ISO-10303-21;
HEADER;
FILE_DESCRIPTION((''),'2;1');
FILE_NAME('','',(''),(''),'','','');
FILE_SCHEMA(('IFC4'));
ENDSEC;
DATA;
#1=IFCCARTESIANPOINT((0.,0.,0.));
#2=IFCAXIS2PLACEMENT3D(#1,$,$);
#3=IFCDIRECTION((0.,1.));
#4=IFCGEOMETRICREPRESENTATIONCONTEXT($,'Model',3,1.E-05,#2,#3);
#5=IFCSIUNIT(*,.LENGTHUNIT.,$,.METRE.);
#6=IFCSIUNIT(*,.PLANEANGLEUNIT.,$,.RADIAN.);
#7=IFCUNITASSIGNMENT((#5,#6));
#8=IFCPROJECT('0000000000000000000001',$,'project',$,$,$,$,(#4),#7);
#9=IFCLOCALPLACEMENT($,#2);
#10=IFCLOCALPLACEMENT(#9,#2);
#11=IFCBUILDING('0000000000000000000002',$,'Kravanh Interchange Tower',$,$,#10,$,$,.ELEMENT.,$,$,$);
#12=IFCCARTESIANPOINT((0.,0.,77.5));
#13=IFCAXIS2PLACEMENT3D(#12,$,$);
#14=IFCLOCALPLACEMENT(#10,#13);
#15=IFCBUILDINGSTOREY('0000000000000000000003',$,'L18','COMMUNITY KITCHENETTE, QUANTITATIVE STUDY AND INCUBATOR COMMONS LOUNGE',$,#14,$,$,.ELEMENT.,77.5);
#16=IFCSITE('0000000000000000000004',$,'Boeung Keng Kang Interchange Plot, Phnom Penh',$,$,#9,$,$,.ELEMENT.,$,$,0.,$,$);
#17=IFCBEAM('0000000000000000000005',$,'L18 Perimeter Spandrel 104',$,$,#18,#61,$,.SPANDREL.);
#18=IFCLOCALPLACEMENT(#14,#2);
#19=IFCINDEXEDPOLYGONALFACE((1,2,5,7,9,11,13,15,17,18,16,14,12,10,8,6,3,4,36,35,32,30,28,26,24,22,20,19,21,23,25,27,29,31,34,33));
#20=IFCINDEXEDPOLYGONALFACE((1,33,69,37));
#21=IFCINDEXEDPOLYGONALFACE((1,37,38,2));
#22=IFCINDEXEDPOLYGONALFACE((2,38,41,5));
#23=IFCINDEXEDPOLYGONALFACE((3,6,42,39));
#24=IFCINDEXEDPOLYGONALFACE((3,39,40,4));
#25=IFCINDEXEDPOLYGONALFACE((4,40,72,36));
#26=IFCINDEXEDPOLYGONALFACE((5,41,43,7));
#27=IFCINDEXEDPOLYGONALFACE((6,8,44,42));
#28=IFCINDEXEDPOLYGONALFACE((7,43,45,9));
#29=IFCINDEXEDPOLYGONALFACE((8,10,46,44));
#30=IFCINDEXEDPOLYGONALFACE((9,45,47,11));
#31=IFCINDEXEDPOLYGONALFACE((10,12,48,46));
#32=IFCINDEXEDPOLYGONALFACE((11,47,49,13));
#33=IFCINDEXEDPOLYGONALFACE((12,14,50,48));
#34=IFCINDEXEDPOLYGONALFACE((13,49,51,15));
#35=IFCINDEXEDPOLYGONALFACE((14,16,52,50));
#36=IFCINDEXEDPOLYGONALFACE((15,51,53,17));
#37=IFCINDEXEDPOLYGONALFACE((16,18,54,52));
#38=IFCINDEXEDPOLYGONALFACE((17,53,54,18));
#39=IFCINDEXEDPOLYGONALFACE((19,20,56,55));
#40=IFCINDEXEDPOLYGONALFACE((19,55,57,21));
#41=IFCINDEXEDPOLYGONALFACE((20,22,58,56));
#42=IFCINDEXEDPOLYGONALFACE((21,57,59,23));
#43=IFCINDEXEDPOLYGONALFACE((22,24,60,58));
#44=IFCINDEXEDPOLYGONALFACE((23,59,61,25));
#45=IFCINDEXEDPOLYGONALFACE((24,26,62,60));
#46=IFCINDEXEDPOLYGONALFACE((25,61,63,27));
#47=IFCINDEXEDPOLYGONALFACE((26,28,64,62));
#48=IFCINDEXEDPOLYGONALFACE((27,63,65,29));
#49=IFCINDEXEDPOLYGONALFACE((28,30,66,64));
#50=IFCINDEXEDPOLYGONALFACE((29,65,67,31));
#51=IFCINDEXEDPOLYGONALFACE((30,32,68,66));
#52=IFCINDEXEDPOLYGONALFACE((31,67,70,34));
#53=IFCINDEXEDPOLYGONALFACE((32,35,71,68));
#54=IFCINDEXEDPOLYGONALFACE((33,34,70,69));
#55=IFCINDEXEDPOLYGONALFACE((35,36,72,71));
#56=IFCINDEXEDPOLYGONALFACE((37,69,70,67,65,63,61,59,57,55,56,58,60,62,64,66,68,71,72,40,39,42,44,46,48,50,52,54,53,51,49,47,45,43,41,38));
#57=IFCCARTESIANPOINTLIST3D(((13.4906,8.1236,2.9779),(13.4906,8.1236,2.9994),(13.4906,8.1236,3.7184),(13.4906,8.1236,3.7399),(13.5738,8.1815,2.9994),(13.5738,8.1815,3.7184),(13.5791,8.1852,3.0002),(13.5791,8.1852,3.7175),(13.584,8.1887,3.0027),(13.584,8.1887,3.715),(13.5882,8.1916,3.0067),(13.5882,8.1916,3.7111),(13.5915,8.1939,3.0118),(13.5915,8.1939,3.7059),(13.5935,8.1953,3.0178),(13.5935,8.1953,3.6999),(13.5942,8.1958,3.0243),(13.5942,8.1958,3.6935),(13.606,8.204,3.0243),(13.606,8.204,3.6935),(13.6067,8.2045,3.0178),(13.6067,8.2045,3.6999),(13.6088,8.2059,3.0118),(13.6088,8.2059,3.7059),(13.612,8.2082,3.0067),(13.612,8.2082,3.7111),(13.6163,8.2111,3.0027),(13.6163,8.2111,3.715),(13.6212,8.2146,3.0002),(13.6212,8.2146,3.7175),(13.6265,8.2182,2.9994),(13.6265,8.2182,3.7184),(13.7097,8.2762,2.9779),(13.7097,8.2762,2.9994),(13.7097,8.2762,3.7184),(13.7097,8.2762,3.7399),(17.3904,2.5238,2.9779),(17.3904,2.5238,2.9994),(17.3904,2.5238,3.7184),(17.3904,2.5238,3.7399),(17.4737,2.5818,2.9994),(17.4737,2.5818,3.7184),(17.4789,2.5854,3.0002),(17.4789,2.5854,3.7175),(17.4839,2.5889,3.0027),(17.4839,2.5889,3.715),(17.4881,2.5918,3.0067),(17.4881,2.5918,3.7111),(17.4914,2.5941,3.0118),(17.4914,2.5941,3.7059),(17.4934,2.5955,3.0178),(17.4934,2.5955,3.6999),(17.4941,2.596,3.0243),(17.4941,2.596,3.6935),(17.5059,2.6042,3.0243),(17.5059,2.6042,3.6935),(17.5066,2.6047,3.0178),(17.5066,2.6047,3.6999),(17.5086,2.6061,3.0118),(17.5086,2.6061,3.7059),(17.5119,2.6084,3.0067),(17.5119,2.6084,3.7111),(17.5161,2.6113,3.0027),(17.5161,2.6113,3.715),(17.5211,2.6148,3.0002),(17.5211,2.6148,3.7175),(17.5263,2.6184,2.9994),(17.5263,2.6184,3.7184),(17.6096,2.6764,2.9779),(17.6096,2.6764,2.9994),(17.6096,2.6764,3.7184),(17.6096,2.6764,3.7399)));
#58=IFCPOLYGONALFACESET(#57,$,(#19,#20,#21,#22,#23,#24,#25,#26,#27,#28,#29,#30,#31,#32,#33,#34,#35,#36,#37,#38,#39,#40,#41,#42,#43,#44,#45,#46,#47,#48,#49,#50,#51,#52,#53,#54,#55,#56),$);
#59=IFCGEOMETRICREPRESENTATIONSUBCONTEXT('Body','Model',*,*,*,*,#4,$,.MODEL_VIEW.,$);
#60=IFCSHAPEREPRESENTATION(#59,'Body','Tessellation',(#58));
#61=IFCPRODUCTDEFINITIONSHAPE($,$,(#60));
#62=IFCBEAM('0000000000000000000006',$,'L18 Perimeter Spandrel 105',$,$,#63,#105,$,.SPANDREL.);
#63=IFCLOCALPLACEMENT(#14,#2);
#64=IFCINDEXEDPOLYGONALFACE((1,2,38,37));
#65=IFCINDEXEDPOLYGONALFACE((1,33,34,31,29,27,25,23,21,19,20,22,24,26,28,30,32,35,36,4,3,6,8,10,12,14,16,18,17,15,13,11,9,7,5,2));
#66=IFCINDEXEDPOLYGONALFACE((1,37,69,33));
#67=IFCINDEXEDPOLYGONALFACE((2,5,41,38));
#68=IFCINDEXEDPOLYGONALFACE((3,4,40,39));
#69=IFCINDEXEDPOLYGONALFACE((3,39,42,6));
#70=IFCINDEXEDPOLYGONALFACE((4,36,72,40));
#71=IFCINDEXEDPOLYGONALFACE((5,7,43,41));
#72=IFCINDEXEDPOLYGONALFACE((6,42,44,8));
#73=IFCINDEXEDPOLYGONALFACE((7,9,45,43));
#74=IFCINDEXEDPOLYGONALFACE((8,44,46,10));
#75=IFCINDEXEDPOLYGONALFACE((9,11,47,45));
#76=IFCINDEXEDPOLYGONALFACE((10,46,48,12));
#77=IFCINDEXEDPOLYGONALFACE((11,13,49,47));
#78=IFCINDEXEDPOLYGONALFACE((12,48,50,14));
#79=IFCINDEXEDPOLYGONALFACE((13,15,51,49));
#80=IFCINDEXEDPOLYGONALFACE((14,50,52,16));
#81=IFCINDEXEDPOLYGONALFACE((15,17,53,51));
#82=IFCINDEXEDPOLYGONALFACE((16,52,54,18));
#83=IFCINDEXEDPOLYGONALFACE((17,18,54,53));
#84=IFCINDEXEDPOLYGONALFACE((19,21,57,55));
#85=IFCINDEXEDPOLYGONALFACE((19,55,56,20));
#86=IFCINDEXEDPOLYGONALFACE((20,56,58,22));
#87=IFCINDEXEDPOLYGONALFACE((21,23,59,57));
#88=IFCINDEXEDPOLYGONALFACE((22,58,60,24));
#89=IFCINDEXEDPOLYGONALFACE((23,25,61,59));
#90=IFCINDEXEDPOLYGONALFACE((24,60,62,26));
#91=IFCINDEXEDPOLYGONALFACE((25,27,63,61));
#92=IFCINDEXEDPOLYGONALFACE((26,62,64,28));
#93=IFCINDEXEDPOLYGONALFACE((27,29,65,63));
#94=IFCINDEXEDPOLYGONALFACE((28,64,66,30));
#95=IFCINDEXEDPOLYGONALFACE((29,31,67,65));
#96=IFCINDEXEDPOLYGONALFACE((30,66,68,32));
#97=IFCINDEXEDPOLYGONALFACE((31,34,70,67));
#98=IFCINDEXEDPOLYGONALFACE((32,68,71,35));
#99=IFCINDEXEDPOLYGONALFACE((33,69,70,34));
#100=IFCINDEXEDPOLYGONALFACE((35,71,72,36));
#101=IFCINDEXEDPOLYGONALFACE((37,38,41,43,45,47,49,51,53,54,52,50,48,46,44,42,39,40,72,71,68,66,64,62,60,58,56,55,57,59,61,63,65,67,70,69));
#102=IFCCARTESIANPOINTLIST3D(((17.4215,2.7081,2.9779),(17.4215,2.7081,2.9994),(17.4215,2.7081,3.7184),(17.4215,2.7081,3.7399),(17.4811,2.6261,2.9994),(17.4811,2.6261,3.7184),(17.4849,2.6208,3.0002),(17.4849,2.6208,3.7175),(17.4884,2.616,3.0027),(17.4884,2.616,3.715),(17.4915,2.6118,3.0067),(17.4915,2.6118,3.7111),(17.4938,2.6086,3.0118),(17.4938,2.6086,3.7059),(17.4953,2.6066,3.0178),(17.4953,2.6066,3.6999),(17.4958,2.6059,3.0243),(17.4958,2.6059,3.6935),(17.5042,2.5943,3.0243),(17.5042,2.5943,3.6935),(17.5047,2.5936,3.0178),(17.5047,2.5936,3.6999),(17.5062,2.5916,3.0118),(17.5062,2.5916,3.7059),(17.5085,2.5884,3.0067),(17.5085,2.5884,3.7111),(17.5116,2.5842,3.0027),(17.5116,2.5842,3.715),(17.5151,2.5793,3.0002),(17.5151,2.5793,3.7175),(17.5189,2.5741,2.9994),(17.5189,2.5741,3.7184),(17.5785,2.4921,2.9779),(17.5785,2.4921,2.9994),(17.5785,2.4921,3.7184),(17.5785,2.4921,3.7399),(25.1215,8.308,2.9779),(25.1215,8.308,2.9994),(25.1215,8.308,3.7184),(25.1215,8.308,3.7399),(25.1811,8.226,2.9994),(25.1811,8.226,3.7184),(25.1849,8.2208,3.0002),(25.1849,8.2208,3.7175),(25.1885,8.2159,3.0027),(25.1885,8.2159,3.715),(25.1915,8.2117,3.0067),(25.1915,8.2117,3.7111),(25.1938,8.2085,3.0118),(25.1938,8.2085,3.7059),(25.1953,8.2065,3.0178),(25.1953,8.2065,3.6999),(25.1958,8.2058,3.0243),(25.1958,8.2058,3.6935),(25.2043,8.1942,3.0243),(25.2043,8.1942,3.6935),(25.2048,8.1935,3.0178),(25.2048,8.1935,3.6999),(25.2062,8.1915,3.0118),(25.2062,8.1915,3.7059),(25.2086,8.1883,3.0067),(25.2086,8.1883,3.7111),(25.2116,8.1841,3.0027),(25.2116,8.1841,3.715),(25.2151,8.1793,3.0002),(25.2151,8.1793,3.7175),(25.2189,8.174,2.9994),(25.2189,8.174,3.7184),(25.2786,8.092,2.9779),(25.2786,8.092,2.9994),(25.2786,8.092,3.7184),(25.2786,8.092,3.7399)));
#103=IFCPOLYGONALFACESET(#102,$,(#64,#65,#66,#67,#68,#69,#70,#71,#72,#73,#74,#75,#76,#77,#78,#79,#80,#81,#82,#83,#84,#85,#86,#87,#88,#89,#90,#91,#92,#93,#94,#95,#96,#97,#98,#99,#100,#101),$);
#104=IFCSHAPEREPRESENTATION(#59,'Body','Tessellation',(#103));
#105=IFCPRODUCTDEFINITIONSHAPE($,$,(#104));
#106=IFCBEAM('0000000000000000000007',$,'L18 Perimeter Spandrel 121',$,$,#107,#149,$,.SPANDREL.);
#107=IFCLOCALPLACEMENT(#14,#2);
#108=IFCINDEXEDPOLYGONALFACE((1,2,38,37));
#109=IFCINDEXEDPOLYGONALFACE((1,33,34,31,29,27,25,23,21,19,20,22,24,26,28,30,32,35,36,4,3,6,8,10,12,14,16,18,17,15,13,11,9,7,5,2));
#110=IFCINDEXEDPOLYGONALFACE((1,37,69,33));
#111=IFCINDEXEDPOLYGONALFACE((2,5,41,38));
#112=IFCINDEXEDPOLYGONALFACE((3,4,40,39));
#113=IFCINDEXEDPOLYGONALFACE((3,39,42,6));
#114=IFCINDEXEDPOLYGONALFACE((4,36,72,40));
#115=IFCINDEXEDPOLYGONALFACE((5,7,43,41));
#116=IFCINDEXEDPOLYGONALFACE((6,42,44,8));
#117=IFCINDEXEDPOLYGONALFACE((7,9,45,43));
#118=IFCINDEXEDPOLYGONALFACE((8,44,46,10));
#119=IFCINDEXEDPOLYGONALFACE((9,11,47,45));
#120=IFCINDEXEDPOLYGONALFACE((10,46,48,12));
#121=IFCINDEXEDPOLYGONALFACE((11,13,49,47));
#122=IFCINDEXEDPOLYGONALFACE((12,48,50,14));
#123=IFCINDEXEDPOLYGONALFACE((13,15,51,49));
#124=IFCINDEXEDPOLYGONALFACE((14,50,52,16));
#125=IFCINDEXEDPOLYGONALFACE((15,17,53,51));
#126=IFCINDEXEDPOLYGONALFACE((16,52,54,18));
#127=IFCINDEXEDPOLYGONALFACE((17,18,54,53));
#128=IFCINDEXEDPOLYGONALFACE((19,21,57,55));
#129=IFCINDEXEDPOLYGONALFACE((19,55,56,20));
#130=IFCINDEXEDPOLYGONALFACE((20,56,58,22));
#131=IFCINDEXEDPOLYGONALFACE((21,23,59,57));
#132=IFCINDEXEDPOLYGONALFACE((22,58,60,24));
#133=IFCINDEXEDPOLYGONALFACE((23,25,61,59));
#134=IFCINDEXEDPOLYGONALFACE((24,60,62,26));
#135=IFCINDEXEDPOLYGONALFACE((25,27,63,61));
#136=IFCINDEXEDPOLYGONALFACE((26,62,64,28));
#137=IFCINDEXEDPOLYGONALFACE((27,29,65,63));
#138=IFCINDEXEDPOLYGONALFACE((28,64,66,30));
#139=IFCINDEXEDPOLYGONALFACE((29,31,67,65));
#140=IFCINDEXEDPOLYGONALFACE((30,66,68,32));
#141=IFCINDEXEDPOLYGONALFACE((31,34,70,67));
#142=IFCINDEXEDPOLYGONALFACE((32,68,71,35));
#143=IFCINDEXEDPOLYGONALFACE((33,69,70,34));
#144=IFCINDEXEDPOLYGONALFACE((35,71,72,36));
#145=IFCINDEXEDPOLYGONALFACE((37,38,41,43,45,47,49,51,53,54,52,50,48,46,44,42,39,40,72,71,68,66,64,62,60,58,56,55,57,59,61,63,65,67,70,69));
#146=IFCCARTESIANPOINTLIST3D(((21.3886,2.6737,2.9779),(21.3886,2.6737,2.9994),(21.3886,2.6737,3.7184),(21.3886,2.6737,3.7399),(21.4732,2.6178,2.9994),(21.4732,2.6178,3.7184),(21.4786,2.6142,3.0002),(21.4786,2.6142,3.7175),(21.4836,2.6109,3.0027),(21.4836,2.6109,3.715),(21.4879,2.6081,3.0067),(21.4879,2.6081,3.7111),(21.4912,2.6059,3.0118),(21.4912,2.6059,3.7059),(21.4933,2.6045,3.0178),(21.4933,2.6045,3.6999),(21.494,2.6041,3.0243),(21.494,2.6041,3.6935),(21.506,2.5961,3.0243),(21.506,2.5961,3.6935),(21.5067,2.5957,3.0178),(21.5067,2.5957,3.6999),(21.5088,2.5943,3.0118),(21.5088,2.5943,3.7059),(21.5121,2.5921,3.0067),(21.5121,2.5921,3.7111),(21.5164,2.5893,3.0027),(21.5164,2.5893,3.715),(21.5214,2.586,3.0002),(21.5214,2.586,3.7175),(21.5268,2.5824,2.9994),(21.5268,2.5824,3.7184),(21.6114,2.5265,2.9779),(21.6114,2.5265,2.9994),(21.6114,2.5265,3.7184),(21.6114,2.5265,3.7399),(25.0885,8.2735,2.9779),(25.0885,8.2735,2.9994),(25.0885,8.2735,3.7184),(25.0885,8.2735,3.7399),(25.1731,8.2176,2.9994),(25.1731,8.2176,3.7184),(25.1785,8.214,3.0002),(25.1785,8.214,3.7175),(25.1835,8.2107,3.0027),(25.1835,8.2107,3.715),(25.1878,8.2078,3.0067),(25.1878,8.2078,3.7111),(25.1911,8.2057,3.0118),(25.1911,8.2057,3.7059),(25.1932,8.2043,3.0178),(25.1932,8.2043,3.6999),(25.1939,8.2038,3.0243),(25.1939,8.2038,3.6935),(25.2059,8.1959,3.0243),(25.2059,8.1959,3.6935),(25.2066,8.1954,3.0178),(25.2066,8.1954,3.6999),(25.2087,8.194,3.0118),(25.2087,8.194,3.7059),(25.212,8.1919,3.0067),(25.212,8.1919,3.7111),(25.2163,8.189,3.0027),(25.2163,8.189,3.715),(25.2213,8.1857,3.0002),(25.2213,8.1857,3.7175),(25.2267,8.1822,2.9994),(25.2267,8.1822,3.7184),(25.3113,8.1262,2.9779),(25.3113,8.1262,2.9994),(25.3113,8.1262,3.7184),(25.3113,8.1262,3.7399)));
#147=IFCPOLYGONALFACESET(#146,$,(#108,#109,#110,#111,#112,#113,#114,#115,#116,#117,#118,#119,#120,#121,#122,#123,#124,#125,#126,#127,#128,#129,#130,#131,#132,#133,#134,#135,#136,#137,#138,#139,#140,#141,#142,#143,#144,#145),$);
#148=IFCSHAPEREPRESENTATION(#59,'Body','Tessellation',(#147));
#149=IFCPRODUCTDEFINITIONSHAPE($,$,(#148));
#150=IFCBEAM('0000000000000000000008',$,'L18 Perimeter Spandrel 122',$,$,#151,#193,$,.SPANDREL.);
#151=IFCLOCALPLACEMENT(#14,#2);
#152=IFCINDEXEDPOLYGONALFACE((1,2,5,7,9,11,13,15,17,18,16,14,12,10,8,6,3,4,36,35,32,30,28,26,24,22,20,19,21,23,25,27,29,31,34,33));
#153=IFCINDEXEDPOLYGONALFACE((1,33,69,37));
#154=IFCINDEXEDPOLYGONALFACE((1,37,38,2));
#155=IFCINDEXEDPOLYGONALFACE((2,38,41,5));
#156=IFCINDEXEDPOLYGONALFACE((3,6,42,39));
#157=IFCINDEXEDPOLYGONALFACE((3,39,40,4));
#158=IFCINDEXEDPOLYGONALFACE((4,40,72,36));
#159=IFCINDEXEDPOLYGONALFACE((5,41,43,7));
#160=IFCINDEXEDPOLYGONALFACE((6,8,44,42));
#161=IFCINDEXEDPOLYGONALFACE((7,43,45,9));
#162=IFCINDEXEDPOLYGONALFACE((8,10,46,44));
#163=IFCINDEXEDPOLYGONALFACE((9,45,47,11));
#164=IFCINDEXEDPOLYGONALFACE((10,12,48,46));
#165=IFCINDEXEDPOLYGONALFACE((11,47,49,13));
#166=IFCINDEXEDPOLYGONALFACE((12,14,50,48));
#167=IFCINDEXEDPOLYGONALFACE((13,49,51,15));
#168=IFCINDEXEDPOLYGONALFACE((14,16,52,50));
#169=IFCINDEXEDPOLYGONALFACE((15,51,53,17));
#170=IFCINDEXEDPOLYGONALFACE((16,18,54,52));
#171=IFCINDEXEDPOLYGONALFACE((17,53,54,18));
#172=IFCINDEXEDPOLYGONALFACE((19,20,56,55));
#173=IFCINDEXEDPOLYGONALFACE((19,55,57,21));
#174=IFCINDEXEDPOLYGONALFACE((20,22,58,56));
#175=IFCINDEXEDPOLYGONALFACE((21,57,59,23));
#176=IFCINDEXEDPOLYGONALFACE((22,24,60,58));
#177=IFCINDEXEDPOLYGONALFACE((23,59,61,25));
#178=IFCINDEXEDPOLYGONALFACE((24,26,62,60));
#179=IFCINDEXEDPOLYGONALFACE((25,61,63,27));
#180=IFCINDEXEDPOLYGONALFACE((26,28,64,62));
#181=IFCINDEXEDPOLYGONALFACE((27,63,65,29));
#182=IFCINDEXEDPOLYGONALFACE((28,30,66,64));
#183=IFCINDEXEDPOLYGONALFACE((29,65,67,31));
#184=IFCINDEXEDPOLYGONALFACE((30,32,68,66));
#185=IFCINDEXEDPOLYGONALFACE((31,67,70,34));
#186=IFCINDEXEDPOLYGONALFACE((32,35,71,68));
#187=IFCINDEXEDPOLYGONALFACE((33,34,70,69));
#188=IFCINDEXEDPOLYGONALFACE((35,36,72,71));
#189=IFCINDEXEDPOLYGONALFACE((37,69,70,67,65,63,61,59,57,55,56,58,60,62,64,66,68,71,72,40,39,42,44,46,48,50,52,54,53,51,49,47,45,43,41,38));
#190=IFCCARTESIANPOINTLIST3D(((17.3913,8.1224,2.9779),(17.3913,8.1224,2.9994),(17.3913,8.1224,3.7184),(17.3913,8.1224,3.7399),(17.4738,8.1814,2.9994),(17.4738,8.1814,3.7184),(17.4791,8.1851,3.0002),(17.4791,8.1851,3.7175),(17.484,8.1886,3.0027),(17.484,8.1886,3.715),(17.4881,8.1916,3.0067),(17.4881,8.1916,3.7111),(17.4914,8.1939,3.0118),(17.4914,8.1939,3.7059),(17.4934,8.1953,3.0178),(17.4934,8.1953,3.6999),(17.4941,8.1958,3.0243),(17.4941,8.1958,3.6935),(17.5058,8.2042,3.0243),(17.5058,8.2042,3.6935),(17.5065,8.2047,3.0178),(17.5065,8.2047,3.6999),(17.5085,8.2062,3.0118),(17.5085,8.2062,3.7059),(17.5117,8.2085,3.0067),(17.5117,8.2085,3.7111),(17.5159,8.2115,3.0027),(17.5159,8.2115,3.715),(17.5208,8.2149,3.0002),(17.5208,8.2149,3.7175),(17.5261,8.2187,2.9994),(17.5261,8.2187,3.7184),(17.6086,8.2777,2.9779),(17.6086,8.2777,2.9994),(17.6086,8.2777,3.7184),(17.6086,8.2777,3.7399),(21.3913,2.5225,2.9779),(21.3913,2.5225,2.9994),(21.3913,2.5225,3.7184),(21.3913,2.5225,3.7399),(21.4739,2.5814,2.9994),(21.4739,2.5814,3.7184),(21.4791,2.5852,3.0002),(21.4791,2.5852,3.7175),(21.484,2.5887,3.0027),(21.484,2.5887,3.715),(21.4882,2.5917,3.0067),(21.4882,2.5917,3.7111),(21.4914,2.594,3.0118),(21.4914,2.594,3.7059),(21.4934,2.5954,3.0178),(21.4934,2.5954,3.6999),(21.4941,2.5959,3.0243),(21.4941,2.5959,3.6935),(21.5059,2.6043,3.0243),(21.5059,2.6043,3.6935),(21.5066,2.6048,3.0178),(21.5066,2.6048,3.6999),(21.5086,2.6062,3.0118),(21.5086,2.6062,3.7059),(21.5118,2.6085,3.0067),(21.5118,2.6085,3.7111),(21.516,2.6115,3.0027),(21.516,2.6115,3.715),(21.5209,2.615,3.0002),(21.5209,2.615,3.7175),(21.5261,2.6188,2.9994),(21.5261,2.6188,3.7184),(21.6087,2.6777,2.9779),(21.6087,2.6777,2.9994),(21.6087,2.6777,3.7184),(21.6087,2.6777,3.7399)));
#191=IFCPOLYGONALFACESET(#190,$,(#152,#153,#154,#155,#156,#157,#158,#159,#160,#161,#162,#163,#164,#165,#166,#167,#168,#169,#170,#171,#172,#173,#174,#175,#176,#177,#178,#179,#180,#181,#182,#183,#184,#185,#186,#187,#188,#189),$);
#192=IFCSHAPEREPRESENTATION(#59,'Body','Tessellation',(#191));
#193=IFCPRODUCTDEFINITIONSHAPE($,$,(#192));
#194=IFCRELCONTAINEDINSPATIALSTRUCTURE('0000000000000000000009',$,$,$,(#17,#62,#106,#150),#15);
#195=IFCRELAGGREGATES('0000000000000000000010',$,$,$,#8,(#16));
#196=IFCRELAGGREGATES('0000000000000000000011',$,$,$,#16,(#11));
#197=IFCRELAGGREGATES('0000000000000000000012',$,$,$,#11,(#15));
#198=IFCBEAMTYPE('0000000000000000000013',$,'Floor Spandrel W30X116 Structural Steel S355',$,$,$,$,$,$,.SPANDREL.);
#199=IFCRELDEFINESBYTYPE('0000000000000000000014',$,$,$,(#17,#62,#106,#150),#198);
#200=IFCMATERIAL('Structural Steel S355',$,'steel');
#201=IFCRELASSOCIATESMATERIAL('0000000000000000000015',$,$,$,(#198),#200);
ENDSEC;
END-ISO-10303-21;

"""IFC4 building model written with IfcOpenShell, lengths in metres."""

from ifc_helpers import new_model, si_unit, direction, frame, origin, origin_2d, place, context, subcontext, project, spatial, i_section, extrude, material, material_profile, profile_set, type_object, element, save


model = new_model("IFC4")

# Units and contexts
model_context = context("Model", 3, precision=1e-05, world=origin(), true_north=direction((0.0, 1.0)))
body_context = subcontext(model_context, "Body", "Model", "MODEL_VIEW")
ifc_project = project(units=[si_unit("LENGTHUNIT", "METRE"), si_unit("PLANEANGLEUNIT", "RADIAN")], contexts=[model_context])

# Site, building, storey
site_placement = place(None, origin())
site = spatial("IfcSite", under=ifc_project, at=site_placement, Name="Boeung Keng Kang Interchange Plot, Phnom Penh", CompositionType="ELEMENT", RefElevation=0.0)
building_placement = place(site_placement, origin())
building = spatial("IfcBuilding", under=site, at=building_placement, Name="Kravanh Interchange Tower", CompositionType="ELEMENT")
storey_placement = place(building_placement, frame((0.0, 0.0, 77.5)))
storey = spatial("IfcBuildingStorey", under=building, at=storey_placement, Name="L18", Description="COMMUNITY KITCHENETTE, QUANTITATIVE STUDY AND INCUBATOR COMMONS LOUNGE", CompositionType="ELEMENT", Elevation=77.5)

# Beams
ifc_material_1 = material(Name="Structural Steel S355", Category="steel")
ifc_material_profile_1 = material_profile(ifc_material_1, i_section(OverallWidth=0.2671, OverallDepth=0.762, WebThickness=0.0144, FlangeThickness=0.0215, FilletRadius=0.0249, at=origin_2d()), Name="W30X116")
ifc_profile_set_1 = profile_set([ifc_material_profile_1], Name="Structural Steel S355")
beam_type_1 = type_object("IfcBeamType", Name="Floor Spandrel W30X116 Structural Steel S355", PredefinedType="SPANDREL", material=ifc_profile_set_1)
beam_1_placement = place(storey_placement, frame((17.5, 2.6001, 3.3589), z_axis=(-0.571494, 0.820606, 0.0), x_axis=(-0.820606, -0.571494, 0.0)))
element("IfcBeam", 1, at=beam_1_placement, inside=storey, type_object=beam_type_1, Name="L18 Perimeter Spandrel 104", PredefinedType="SPANDREL", context=body_context, shape_type="SweptSolid", body=[
    extrude(i_section(OverallWidth=0.2671, OverallDepth=0.762, WebThickness=0.0144, FlangeThickness=0.0215, FilletRadius=0.0249, at=origin_2d()), origin(), (0.0, 0.0, 1.0), 6.824),
])
beam_2_placement = place(storey_placement, frame((17.5, 2.6001, 3.3589), z_axis=(0.808742, 0.588164, 0.0), x_axis=(-0.588164, 0.808742, 0.0)))
element("IfcBeam", 2, at=beam_2_placement, inside=storey, type_object=beam_type_1, Name="L18 Perimeter Spandrel 105", PredefinedType="SPANDREL", context=body_context, shape_type="SweptSolid", body=[
    extrude(i_section(OverallWidth=0.2671, OverallDepth=0.762, WebThickness=0.0144, FlangeThickness=0.0215, FilletRadius=0.0249, at=origin_2d()), origin(), (0.0, 0.0, 1.0), 9.521),
])
beam_3_placement = place(storey_placement, frame((21.5, 2.6001, 3.3589), z_axis=(0.551262, 0.834332, 0.0), x_axis=(-0.834332, 0.551262, 0.0)))
element("IfcBeam", 3, at=beam_3_placement, inside=storey, type_object=beam_type_1, Name="L18 Perimeter Spandrel 121", PredefinedType="SPANDREL", context=body_context, shape_type="SweptSolid", body=[
    extrude(i_section(OverallWidth=0.2671, OverallDepth=0.762, WebThickness=0.0144, FlangeThickness=0.0215, FilletRadius=0.0249, at=origin_2d()), origin(), (0.0, 0.0, 1.0), 6.7117),
])
beam_4_placement = place(storey_placement, frame((21.5, 2.6001, 3.3589), z_axis=(-0.581248, 0.813726, 0.0), x_axis=(-0.813726, -0.581248, 0.0)))
element("IfcBeam", 4, at=beam_4_placement, inside=storey, type_object=beam_type_1, Name="L18 Perimeter Spandrel 122", PredefinedType="SPANDREL", context=body_context, shape_type="SweptSolid", body=[
    extrude(i_section(OverallWidth=0.2671, OverallDepth=0.762, WebThickness=0.0144, FlangeThickness=0.0215, FilletRadius=0.0249, at=origin_2d()), origin(), (0.0, 0.0, 1.0), 6.8818),
])

save(model, "model.ifc")
